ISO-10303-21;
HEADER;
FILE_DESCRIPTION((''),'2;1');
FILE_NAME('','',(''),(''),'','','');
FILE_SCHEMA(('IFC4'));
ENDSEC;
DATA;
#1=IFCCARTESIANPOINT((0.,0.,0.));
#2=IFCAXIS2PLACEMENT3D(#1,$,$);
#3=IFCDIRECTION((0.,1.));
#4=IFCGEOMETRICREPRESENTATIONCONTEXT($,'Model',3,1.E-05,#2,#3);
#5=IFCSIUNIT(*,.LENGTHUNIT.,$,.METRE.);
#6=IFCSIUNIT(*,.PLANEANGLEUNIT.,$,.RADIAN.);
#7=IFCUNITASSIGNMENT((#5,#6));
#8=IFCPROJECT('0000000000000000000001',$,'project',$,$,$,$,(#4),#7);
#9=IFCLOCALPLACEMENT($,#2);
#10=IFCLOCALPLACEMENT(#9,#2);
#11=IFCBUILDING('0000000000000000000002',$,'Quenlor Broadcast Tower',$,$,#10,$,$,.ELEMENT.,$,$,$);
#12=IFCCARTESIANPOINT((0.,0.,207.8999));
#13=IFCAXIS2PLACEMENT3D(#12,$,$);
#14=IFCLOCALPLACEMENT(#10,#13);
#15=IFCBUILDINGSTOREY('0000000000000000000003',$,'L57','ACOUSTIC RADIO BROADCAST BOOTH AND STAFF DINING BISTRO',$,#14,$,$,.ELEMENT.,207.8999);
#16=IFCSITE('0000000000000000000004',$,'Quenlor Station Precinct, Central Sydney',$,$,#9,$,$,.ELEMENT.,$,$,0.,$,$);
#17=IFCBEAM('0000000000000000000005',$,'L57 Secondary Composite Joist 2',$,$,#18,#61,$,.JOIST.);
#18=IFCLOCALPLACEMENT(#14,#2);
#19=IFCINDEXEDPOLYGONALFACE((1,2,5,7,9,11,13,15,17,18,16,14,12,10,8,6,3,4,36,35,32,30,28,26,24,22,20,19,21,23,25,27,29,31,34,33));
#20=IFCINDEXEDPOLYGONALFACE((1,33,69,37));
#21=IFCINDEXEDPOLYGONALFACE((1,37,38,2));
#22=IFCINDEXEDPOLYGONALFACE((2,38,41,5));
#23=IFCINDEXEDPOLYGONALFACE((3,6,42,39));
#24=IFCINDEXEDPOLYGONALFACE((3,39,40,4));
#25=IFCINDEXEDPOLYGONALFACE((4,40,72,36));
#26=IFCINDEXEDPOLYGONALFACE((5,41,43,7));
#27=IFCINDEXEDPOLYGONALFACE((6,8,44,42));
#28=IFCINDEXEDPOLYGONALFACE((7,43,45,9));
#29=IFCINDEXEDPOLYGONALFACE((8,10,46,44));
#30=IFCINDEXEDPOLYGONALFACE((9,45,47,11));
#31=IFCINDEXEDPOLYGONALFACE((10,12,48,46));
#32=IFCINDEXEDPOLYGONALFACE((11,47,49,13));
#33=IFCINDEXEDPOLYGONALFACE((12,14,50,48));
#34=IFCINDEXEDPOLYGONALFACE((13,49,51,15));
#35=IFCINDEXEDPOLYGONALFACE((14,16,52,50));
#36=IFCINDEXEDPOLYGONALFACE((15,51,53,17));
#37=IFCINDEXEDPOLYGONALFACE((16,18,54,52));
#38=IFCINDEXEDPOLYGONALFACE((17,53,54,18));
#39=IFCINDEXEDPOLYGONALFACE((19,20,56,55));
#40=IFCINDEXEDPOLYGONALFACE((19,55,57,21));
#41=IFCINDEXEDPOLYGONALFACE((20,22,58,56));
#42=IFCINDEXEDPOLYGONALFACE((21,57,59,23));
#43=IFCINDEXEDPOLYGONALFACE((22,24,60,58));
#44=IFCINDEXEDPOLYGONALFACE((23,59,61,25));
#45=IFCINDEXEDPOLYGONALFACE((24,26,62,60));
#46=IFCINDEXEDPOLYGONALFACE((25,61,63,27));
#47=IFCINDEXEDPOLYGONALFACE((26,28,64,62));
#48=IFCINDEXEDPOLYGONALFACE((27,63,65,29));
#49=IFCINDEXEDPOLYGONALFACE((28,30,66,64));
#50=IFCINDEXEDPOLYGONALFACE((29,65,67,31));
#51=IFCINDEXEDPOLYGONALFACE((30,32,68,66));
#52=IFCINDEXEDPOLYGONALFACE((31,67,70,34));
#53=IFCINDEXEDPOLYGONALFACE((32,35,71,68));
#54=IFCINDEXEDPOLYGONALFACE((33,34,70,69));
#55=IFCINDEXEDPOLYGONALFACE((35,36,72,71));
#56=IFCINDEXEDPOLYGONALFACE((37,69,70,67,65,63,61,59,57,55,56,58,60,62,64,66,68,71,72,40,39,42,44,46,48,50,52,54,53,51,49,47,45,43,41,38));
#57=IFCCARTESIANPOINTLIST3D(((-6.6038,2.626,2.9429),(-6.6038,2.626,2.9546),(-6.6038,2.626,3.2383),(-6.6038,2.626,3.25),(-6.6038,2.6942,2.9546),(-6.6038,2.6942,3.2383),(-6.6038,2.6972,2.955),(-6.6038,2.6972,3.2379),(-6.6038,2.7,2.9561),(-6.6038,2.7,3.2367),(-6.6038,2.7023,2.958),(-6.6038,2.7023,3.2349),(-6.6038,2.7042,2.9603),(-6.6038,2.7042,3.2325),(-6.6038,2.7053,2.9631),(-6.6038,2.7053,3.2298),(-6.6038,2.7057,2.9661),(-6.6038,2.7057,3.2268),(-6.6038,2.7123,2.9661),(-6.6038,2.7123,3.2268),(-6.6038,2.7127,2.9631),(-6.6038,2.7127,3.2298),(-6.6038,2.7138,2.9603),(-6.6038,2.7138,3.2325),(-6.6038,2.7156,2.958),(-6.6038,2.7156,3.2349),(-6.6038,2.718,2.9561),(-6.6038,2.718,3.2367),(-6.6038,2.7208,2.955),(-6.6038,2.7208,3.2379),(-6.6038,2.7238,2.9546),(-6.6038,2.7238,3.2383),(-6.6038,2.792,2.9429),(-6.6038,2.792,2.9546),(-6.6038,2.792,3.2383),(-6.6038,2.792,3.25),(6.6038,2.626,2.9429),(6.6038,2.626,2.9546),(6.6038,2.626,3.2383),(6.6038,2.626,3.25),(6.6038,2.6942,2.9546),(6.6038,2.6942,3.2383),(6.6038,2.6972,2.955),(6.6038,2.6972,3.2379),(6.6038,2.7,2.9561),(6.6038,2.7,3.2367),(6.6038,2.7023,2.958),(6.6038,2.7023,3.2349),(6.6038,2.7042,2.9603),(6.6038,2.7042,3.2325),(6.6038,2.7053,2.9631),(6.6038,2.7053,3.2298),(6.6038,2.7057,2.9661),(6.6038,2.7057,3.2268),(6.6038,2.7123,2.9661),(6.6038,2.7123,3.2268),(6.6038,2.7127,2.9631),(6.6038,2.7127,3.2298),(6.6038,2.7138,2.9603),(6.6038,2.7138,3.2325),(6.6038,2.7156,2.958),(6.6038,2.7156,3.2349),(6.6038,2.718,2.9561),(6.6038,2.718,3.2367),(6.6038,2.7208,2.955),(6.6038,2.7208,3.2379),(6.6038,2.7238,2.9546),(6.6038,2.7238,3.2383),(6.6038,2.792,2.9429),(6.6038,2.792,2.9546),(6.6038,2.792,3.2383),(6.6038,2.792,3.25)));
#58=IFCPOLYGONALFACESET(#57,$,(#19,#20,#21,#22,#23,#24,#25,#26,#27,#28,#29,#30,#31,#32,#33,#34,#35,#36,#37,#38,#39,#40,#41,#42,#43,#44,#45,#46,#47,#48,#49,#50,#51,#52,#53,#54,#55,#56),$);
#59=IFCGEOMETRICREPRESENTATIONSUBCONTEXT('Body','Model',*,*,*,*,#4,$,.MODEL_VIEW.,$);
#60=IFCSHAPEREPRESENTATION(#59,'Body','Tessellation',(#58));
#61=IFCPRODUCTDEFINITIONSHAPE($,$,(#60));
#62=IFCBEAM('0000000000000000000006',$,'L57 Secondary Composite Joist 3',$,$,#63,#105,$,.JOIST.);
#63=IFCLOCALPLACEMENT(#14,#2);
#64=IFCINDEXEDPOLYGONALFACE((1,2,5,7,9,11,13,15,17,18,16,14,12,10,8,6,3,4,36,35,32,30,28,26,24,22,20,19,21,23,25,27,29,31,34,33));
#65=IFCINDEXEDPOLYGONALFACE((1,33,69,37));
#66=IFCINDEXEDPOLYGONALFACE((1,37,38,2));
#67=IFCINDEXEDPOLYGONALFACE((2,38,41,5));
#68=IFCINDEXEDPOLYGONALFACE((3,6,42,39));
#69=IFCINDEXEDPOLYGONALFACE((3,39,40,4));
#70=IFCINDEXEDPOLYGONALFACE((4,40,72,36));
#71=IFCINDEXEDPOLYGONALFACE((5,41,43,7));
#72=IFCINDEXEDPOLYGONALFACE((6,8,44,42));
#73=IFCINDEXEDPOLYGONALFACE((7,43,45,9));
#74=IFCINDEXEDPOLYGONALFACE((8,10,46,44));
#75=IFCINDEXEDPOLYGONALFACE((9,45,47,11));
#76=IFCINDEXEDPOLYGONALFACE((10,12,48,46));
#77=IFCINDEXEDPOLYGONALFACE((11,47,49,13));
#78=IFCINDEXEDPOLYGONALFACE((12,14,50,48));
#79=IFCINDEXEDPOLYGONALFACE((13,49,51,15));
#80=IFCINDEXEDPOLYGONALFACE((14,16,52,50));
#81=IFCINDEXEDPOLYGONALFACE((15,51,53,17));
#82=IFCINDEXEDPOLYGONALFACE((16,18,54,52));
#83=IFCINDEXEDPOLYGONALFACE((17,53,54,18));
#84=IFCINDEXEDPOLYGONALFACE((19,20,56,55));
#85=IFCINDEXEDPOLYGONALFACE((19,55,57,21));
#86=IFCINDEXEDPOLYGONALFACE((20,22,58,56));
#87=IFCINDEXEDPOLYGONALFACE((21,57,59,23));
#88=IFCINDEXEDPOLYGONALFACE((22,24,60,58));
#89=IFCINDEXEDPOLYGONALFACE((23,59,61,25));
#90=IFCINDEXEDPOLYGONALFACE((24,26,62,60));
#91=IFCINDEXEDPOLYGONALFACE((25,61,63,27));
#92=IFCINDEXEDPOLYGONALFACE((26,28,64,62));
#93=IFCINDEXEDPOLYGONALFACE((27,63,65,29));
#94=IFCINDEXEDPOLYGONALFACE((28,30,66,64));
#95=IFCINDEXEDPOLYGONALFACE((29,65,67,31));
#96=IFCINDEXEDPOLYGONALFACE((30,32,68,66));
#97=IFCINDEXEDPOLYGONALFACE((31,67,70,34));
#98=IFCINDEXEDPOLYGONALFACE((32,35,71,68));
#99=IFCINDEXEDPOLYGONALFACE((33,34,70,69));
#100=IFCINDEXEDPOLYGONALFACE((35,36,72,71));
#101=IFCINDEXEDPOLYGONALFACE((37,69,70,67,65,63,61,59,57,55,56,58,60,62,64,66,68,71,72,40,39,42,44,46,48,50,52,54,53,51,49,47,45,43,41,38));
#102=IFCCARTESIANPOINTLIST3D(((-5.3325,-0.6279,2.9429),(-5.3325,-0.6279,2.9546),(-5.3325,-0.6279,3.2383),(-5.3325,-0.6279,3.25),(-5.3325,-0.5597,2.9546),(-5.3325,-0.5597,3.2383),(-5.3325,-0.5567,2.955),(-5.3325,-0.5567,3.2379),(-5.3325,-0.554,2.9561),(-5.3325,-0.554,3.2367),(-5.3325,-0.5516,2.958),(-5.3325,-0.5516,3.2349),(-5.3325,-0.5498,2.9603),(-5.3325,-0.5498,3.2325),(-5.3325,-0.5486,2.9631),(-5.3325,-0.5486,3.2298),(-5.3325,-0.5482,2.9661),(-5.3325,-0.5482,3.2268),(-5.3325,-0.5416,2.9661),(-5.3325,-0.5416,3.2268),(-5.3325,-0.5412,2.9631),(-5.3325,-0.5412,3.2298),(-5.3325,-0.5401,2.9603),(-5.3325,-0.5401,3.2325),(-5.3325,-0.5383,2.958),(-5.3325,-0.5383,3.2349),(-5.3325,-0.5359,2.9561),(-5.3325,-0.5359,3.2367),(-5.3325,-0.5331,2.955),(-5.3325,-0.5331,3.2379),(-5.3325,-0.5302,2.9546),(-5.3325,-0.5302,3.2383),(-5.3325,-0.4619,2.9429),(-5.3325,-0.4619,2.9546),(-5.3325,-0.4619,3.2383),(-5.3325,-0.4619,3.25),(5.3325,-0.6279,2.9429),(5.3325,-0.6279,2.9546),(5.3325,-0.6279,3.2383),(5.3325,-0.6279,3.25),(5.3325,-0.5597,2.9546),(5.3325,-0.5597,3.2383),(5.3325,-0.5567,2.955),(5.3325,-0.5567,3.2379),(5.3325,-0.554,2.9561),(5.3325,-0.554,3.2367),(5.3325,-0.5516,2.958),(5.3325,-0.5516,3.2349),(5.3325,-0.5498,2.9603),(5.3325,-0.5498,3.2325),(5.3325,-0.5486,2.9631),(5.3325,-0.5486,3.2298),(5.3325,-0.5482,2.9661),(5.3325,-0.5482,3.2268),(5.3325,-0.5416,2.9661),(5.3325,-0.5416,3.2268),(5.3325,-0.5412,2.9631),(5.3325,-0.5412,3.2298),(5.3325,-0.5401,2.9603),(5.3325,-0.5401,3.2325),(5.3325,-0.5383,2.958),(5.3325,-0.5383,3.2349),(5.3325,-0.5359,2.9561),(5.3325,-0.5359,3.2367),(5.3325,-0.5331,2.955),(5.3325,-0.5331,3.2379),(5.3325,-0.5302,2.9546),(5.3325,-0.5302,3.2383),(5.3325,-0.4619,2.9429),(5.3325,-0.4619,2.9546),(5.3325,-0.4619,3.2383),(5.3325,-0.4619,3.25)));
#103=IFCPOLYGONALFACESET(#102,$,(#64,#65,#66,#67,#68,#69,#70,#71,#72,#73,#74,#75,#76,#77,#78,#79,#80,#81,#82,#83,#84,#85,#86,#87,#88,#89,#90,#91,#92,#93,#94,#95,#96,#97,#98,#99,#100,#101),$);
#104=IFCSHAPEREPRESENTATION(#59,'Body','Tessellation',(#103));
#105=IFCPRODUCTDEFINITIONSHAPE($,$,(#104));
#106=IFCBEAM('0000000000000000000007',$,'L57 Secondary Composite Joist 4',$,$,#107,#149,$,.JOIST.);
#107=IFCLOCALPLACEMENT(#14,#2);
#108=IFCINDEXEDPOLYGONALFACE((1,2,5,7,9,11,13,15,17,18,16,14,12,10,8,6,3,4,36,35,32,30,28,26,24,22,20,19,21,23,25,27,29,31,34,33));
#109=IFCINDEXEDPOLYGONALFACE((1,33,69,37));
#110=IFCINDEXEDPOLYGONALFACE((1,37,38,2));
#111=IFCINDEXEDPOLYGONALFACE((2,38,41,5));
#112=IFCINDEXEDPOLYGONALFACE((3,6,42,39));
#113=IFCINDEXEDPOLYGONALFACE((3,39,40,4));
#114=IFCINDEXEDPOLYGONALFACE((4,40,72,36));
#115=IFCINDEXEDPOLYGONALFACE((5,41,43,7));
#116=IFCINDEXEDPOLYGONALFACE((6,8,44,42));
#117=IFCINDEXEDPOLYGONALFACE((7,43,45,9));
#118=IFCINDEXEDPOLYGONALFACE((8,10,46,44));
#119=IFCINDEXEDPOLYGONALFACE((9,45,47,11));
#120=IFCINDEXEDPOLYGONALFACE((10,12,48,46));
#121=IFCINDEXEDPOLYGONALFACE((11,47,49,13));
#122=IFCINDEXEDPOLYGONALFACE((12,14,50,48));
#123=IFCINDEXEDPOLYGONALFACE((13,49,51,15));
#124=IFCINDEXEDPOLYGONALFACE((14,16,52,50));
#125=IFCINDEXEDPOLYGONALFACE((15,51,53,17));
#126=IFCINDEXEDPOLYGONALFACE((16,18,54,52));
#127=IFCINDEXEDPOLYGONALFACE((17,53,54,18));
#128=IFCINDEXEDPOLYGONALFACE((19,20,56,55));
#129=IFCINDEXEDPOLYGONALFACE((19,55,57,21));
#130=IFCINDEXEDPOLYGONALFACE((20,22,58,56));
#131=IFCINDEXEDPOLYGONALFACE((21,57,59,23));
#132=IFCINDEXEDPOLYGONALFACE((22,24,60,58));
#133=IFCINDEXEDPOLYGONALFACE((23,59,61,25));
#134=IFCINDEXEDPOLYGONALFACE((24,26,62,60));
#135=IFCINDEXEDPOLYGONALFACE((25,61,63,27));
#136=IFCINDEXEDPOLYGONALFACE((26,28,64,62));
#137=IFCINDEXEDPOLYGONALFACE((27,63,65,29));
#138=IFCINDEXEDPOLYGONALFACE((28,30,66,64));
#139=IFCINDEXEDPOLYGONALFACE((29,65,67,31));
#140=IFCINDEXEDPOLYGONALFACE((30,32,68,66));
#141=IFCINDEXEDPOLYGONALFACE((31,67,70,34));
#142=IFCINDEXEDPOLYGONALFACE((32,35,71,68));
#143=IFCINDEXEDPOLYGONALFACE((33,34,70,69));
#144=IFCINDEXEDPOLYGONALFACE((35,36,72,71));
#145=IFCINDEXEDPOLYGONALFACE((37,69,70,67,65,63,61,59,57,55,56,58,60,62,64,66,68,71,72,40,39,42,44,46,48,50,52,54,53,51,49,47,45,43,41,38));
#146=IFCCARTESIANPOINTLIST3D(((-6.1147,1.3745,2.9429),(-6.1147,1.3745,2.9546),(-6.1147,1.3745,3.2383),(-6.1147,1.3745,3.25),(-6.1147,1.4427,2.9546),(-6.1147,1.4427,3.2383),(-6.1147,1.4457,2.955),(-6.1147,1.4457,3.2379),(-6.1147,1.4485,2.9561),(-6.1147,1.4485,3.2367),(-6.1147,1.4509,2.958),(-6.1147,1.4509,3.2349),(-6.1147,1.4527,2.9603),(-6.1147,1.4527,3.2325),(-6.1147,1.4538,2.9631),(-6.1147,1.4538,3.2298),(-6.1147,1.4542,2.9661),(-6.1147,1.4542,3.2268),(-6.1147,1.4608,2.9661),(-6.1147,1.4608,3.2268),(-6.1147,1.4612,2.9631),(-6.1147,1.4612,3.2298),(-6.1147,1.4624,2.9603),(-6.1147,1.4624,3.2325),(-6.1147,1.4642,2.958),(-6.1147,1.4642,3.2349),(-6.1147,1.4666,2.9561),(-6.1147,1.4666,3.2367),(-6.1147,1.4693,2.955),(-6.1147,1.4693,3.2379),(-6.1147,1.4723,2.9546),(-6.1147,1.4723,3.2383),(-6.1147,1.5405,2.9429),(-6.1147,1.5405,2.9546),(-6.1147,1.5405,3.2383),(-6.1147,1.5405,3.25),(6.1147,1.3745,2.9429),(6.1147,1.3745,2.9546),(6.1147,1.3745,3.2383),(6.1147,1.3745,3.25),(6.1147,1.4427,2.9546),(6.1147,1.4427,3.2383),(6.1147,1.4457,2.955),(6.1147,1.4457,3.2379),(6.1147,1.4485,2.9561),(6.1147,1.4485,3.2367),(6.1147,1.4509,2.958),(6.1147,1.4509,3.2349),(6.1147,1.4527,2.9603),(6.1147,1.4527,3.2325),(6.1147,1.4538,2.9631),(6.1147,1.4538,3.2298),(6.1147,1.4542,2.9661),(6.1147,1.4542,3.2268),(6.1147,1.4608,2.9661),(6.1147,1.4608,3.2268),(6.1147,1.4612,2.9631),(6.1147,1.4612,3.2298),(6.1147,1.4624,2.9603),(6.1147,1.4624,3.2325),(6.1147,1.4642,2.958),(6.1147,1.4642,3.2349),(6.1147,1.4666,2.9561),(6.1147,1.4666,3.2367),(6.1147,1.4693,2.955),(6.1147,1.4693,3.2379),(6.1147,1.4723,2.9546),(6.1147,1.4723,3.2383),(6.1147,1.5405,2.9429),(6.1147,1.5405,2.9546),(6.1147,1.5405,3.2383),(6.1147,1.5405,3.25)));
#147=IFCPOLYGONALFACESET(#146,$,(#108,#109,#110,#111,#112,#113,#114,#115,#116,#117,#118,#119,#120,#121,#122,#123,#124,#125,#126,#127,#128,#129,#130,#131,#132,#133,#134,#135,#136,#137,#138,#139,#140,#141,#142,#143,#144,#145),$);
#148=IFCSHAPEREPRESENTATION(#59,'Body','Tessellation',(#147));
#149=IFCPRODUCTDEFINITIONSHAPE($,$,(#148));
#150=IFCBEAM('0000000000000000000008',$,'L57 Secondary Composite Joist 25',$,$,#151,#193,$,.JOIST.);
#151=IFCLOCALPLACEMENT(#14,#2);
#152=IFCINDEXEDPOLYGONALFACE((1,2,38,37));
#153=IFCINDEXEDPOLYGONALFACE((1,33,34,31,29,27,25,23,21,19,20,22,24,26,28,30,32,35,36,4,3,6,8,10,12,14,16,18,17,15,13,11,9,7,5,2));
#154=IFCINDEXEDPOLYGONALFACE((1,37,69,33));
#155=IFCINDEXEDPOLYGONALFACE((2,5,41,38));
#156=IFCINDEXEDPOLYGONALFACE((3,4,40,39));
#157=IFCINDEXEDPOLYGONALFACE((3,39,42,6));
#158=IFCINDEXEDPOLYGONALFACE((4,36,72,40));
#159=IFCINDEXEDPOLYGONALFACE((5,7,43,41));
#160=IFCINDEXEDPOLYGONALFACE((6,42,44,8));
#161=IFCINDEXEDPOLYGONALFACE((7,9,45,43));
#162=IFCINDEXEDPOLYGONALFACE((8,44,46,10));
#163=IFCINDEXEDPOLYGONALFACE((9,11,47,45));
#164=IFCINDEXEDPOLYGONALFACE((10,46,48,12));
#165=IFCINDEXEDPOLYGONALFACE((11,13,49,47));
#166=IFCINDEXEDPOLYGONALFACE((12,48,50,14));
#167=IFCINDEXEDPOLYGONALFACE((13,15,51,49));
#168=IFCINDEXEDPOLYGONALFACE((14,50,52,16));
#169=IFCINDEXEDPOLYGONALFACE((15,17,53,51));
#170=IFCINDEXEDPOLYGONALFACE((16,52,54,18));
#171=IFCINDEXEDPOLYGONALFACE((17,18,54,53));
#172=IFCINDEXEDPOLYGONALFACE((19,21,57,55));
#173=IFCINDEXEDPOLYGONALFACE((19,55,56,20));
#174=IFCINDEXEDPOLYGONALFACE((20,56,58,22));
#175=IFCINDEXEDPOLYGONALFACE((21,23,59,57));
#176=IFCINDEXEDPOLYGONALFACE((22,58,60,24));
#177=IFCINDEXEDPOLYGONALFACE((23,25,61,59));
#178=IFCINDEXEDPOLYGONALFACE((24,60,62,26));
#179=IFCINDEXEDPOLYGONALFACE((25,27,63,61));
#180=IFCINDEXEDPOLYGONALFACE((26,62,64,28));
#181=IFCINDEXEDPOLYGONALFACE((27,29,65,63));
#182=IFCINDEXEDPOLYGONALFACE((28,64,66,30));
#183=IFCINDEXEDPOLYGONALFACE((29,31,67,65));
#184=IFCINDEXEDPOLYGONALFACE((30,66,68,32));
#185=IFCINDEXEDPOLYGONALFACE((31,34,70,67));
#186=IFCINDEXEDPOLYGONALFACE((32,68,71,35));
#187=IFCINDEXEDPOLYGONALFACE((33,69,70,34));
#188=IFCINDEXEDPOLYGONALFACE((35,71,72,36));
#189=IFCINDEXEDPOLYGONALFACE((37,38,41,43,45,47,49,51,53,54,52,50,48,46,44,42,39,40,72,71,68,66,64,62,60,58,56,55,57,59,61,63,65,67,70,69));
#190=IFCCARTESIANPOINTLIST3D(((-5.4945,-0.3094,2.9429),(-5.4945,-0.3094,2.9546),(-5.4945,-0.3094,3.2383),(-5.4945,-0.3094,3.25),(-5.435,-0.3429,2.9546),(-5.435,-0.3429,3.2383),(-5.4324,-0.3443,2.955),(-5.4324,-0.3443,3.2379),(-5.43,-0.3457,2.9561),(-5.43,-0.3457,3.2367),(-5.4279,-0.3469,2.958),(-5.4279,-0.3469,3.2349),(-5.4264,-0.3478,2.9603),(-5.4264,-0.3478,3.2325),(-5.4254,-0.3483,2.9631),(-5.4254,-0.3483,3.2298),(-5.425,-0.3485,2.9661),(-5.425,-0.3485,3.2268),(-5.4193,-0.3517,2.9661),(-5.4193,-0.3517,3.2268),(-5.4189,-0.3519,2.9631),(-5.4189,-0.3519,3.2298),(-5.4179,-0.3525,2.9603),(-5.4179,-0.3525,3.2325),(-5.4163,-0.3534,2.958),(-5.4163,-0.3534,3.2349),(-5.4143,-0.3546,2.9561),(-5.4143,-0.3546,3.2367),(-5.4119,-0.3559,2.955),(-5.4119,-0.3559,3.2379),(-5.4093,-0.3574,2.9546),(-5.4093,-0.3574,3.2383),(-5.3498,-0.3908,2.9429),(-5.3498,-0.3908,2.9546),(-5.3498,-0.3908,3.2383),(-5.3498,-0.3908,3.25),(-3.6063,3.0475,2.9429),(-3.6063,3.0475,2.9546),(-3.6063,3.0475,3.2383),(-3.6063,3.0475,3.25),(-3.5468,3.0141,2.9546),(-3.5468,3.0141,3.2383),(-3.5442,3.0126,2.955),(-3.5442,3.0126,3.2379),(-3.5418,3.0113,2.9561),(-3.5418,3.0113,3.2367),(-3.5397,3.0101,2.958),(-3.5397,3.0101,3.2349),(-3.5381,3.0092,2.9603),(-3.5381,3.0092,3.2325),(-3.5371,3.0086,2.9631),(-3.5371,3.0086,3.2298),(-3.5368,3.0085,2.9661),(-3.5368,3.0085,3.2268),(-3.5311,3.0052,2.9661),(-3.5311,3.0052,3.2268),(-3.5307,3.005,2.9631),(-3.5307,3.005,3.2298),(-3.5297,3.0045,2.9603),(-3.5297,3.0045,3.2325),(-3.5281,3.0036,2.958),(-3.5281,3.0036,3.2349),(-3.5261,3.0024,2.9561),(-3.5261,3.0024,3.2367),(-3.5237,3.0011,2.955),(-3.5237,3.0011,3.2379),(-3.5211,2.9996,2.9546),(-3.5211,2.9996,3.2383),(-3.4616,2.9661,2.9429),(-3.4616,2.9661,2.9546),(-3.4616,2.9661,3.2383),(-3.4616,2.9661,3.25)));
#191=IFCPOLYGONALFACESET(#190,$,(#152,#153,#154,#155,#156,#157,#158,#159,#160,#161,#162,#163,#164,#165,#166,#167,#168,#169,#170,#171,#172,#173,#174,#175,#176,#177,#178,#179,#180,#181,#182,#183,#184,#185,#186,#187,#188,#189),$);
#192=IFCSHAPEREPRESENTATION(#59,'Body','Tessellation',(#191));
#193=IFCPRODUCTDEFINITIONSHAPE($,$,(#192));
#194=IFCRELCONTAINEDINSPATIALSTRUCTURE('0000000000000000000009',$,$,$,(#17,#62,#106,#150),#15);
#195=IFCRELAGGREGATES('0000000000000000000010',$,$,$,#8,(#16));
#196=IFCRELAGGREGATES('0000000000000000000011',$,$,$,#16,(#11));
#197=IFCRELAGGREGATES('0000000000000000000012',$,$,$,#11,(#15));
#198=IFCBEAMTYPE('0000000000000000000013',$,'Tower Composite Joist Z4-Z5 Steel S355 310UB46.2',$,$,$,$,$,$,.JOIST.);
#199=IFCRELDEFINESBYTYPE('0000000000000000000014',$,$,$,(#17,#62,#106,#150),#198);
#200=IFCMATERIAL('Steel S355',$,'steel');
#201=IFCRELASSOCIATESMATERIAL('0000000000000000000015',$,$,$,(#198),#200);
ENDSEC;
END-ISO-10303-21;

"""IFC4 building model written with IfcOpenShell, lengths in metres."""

from ifc_helpers import new_model, si_unit, direction, frame, origin, origin_2d, place, context, subcontext, project, spatial, i_section, extrude, material, material_profile, profile_set, type_object, element, save


model = new_model("IFC4")

# Units and contexts
model_context = context("Model", 3, precision=1e-05, world=origin(), true_north=direction((0.0, 1.0)))
body_context = subcontext(model_context, "Body", "Model", "MODEL_VIEW")
ifc_project = project(units=[si_unit("LENGTHUNIT", "METRE"), si_unit("PLANEANGLEUNIT", "RADIAN")], contexts=[model_context])

# Site, building, storey
site_placement = place(None, origin())
site = spatial("IfcSite", under=ifc_project, at=site_placement, Name="Quenlor Station Precinct, Central Sydney", CompositionType="ELEMENT", RefElevation=0.0)
building_placement = place(site_placement, origin())
building = spatial("IfcBuilding", under=site, at=building_placement, Name="Quenlor Broadcast Tower", CompositionType="ELEMENT")
storey_placement = place(building_placement, frame((0.0, 0.0, 207.8999)))
storey = spatial("IfcBuildingStorey", under=building, at=storey_placement, Name="L57", Description="ACOUSTIC RADIO BROADCAST BOOTH AND STAFF DINING BISTRO", CompositionType="ELEMENT", Elevation=207.8999)

# Beams
ifc_material_1 = material(Name="Steel S355", Category="steel")
ifc_material_profile_1 = material_profile(ifc_material_1, i_section(OverallWidth=0.166, OverallDepth=0.3071, WebThickness=0.0066, FlangeThickness=0.0117, FilletRadius=0.0115, at=origin_2d()))
ifc_profile_set_1 = profile_set([ifc_material_profile_1], Name="Steel S355 310UB46.2")
beam_type_1 = type_object("IfcBeamType", Name="Tower Composite Joist Z4-Z5 Steel S355 310UB46.2", PredefinedType="JOIST", material=ifc_profile_set_1)
beam_1_placement = place(storey_placement, frame((-6.6038, 2.709, 3.0964), z_axis=(1.0, 0.0, 0.0), x_axis=(0.0, 1.0, 0.0)))
element("IfcBeam", 1, at=beam_1_placement, inside=storey, type_object=beam_type_1, Name="L57 Secondary Composite Joist 2", PredefinedType="JOIST", context=body_context, shape_type="SweptSolid", body=[
    extrude(i_section(OverallWidth=0.166, OverallDepth=0.3071, WebThickness=0.0066, FlangeThickness=0.0117, FilletRadius=0.0115, at=origin_2d()), origin(), (0.0, 0.0, 1.0), 13.2075),
])
beam_2_placement = place(storey_placement, frame((-5.3325, -0.5449, 3.0964), z_axis=(1.0, 0.0, 0.0), x_axis=(0.0, 1.0, 0.0)))
element("IfcBeam", 2, at=beam_2_placement, inside=storey, type_object=beam_type_1, Name="L57 Secondary Composite Joist 3", PredefinedType="JOIST", context=body_context, shape_type="SweptSolid", body=[
    extrude(i_section(OverallWidth=0.166, OverallDepth=0.3071, WebThickness=0.0066, FlangeThickness=0.0117, FilletRadius=0.0115, at=origin_2d()), origin(), (0.0, 0.0, 1.0), 10.665),
])
beam_3_placement = place(storey_placement, frame((-6.1147, 1.4575, 3.0964), z_axis=(1.0, 0.0, 0.0), x_axis=(0.0, 1.0, 0.0)))
element("IfcBeam", 3, at=beam_3_placement, inside=storey, type_object=beam_type_1, Name="L57 Secondary Composite Joist 4", PredefinedType="JOIST", context=body_context, shape_type="SweptSolid", body=[
    extrude(i_section(OverallWidth=0.166, OverallDepth=0.3071, WebThickness=0.0066, FlangeThickness=0.0117, FilletRadius=0.0115, at=origin_2d()), origin(), (0.0, 0.0, 1.0), 12.2295),
])
beam_4_placement = place(storey_placement, frame((-3.5339, 3.0068, 3.0964), z_axis=(-0.490243, -0.871586, 0.0), x_axis=(0.871586, -0.490243, 0.0)))
element("IfcBeam", 4, at=beam_4_placement, inside=storey, type_object=beam_type_1, Name="L57 Secondary Composite Joist 25", PredefinedType="JOIST", context=body_context, shape_type="SweptSolid", body=[
    extrude(i_section(OverallWidth=0.166, OverallDepth=0.3071, WebThickness=0.0066, FlangeThickness=0.0117, FilletRadius=0.0115, at=origin_2d()), origin(), (0.0, 0.0, 1.0), 3.8516),
])

save(model, "model.ifc")
